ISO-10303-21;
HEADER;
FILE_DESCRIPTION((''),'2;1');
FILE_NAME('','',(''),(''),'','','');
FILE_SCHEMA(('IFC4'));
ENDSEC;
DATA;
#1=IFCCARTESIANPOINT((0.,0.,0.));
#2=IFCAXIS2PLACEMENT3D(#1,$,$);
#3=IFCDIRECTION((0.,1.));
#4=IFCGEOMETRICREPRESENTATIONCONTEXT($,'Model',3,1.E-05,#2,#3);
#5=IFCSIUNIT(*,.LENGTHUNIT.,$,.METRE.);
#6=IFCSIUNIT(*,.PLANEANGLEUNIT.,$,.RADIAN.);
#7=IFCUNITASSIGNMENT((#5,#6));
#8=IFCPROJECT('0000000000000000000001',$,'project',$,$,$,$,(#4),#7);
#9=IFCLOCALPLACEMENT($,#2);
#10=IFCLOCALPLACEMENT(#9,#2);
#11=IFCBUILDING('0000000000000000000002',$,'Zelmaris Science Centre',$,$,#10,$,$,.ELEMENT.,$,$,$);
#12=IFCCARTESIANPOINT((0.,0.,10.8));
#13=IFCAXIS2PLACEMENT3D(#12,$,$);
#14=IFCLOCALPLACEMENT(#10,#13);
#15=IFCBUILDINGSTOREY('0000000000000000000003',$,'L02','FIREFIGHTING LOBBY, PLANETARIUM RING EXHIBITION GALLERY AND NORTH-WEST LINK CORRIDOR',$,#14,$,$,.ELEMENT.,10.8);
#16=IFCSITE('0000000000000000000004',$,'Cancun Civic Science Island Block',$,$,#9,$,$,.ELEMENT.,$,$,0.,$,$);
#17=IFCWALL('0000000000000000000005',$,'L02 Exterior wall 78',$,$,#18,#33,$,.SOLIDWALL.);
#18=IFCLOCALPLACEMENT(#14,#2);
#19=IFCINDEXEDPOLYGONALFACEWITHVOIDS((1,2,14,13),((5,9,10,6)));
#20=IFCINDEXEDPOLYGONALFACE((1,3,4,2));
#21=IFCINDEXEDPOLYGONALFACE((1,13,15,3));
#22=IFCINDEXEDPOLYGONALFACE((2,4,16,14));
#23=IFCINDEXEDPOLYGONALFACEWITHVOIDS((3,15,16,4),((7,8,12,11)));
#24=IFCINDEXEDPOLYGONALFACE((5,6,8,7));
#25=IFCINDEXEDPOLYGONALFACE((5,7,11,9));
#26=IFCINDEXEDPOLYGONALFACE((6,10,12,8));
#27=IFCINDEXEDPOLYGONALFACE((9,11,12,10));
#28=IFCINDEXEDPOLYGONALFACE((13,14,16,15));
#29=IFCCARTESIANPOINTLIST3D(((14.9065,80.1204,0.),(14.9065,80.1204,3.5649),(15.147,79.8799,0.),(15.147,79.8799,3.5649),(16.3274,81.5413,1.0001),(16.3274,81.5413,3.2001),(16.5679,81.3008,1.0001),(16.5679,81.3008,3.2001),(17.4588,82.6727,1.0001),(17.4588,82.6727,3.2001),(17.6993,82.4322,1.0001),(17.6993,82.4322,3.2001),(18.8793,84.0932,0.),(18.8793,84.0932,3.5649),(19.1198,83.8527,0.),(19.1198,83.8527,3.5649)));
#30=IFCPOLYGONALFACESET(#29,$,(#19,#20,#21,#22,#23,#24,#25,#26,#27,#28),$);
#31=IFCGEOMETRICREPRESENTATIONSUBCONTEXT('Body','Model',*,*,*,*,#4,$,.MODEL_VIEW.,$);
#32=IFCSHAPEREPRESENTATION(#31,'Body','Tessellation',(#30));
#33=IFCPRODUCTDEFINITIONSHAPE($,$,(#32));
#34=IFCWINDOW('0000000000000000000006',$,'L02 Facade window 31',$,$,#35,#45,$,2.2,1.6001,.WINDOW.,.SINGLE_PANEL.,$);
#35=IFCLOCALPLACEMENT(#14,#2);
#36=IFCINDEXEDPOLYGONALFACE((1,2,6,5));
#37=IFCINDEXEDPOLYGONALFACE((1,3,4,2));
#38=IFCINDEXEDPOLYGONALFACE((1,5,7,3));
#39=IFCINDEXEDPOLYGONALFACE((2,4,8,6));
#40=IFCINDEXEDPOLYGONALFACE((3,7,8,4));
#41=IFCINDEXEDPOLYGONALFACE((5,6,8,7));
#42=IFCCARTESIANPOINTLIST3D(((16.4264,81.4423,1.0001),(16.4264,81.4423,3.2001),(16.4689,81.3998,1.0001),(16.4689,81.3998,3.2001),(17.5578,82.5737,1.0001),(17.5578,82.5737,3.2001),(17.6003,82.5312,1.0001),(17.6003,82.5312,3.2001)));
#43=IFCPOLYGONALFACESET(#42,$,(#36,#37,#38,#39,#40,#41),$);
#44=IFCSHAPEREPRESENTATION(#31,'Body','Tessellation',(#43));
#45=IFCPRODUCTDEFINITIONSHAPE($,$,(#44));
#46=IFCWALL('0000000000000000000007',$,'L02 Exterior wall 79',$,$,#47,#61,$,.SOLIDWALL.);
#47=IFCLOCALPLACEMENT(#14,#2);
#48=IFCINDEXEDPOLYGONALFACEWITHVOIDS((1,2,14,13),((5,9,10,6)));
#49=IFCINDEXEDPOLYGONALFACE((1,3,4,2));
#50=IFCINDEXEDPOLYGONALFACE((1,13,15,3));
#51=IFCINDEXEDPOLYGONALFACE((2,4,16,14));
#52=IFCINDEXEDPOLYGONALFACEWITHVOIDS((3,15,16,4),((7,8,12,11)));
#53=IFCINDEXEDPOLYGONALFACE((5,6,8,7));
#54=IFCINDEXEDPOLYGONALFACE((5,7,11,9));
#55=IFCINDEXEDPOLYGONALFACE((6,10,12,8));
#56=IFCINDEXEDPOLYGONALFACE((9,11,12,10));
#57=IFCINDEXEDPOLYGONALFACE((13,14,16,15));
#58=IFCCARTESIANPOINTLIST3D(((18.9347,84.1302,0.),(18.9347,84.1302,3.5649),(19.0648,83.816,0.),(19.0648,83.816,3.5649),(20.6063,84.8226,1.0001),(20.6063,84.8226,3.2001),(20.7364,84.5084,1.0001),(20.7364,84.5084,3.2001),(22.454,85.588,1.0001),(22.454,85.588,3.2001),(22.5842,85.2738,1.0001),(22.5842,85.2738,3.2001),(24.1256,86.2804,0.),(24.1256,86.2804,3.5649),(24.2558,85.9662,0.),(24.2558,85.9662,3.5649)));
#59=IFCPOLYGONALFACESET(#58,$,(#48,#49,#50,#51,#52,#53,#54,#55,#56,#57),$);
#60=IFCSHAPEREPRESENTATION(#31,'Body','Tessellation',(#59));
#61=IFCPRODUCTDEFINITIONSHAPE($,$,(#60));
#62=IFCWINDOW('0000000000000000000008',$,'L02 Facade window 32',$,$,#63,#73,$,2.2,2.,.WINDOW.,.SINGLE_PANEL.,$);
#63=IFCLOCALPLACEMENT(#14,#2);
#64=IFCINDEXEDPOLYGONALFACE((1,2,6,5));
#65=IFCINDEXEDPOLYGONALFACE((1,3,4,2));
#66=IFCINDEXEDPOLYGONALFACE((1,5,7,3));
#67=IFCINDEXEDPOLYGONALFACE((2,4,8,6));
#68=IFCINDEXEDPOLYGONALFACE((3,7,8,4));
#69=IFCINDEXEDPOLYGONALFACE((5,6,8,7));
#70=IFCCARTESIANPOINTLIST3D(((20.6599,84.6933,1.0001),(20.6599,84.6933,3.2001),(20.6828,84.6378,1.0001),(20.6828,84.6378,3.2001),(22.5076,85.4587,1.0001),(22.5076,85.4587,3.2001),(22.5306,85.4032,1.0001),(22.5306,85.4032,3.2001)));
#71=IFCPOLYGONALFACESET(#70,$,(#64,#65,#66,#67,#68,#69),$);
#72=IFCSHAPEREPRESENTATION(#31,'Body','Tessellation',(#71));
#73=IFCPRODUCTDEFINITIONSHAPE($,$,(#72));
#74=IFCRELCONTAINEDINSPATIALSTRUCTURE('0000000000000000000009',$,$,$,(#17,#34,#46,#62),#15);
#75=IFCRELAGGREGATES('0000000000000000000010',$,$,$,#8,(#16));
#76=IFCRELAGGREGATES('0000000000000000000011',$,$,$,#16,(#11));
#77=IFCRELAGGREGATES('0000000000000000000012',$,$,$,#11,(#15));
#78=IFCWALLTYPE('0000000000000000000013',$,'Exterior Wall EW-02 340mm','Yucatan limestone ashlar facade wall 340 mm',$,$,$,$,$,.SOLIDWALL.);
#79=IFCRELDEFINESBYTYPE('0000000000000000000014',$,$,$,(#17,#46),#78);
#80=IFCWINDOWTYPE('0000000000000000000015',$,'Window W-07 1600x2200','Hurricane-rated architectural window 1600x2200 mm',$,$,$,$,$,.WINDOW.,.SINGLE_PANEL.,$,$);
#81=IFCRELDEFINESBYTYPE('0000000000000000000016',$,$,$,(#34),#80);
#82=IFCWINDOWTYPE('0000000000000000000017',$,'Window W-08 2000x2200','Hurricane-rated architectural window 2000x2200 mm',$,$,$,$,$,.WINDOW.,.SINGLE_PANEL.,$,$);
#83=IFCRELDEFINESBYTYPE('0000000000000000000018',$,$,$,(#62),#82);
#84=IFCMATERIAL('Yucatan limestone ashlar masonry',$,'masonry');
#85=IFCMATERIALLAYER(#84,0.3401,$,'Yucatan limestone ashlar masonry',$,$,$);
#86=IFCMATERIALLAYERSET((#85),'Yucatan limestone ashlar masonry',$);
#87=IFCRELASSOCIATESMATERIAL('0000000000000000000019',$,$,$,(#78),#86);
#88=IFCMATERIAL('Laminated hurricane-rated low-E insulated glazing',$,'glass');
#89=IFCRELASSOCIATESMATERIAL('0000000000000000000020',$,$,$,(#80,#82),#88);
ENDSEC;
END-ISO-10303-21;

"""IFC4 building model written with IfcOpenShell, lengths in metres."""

from ifc_helpers import new_model, si_unit, direction, frame, frame_2d, origin, place, context, subcontext, project, spatial, rectangle, extrude, material, layer, layer_set, type_object, element, fill, save


model = new_model("IFC4")

# Units and contexts
model_context = context("Model", 3, precision=1e-05, world=origin(), true_north=direction((0.0, 1.0)))
body_context = subcontext(model_context, "Body", "Model", "MODEL_VIEW")
ifc_project = project(units=[si_unit("LENGTHUNIT", "METRE"), si_unit("PLANEANGLEUNIT", "RADIAN")], contexts=[model_context])

# Site, building, storey
site_placement = place(None, origin())
site = spatial("IfcSite", under=ifc_project, at=site_placement, Name="Cancun Civic Science Island Block", CompositionType="ELEMENT", RefElevation=0.0)
building_placement = place(site_placement, origin())
building = spatial("IfcBuilding", under=site, at=building_placement, Name="Zelmaris Science Centre", CompositionType="ELEMENT")
storey_placement = place(building_placement, frame((0.0, 0.0, 10.8)))
storey = spatial("IfcBuildingStorey", under=building, at=storey_placement, Name="L02", Description="FIREFIGHTING LOBBY, PLANETARIUM RING EXHIBITION GALLERY AND NORTH-WEST LINK CORRIDOR", CompositionType="ELEMENT", Elevation=10.8)

# Walls, openings, windows
ifc_material_1 = material(Name="Yucatan limestone ashlar masonry", Category="masonry")
ifc_layer = layer(ifc_material_1, 0.3401, Name="Yucatan limestone ashlar masonry")
ifc_layer_set = layer_set([ifc_layer], Name="Yucatan limestone ashlar masonry")
wall_type = type_object("IfcWallType", Name="Exterior Wall EW-02 340mm", Description="Yucatan limestone ashlar facade wall 340 mm", PredefinedType="SOLIDWALL", material=ifc_layer_set)
ifc_material_2 = material(Name="Laminated hurricane-rated low-E insulated glazing", Category="glass")
wall_1_placement = place(storey_placement, frame((15.0269, 80.0002, 0.0), z_axis=(0.0, 0.0, 1.0), x_axis=(0.707107, 0.707107, 0.0)))
wall_1 = element("IfcWall", 1, at=wall_1_placement, inside=storey, type_object=wall_type, Name="L02 Exterior wall 78", PredefinedType="SOLIDWALL", context=body_context, shape_type="SweptSolid", body=[
    extrude(rectangle(XDim=5.6184, YDim=0.3401, at=frame_2d((2.8091, 0.0))), origin(), (0.0, 0.0, 1.0), 3.5649),
])
opening_1_placement = place(wall_1_placement, frame((2.0093, 0.0, 1.0)))
opening_1 = element("IfcOpeningElement", 2, at=opening_1_placement, cuts=wall_1, PredefinedType="OPENING", context=body_context, shape_type="SweptSolid", body=[
    extrude(rectangle(XDim=1.6001, YDim=2.2, at=frame_2d((0.8, 1.1001))), frame((0.0, 0.1799, 0.0), z_axis=(0.0, -1.0, 0.0), x_axis=(1.0, 0.0, 0.0)), (0.0, 0.0, 1.0), 0.3601),
])
window_type_1 = type_object("IfcWindowType", Name="Window W-07 1600x2200", Description="Hurricane-rated architectural window 1600x2200 mm", PartitioningType="SINGLE_PANEL", PredefinedType="WINDOW", material=ifc_material_2)
window_1_placement = place(opening_1_placement, origin())
window_1 = element("IfcWindow", 3, at=window_1_placement, inside=storey, type_object=window_type_1, Name="L02 Facade window 31", OverallHeight=2.2, OverallWidth=1.6001, PartitioningType="SINGLE_PANEL", PredefinedType="WINDOW", context=body_context, shape_type="SweptSolid", body=[
    extrude(rectangle(XDim=1.6001, YDim=2.2, at=frame_2d((0.8, 1.1001))), frame((0.0, 0.03, 0.0), z_axis=(0.0, -1.0, 0.0), x_axis=(1.0, 0.0, 0.0)), (0.0, 0.0, 1.0), 0.0601),
])
fill(opening_1, window_1)
wall_2_placement = place(storey_placement, frame((18.9998, 83.9731, 0.0), z_axis=(0.0, 0.0, 1.0), x_axis=(0.92388, 0.382683, 0.0)))
wall_2 = element("IfcWall", 4, at=wall_2_placement, inside=storey, type_object=wall_type, Name="L02 Exterior wall 79", PredefinedType="SOLIDWALL", context=body_context, shape_type="SweptSolid", body=[
    extrude(rectangle(XDim=5.6187, YDim=0.3401, at=frame_2d((2.8093, 0.0))), origin(), (0.0, 0.0, 1.0), 3.5649),
])
opening_2_placement = place(wall_2_placement, frame((1.8093, 0.0, 1.0)))
opening_2 = element("IfcOpeningElement", 5, at=opening_2_placement, cuts=wall_2, PredefinedType="OPENING", context=body_context, shape_type="SweptSolid", body=[
    extrude(rectangle(XDim=2.0, YDim=2.2, at=frame_2d((1.0, 1.1001))), frame((0.0, 0.1799, 0.0), z_axis=(0.0, -1.0, 0.0), x_axis=(1.0, 0.0, 0.0)), (0.0, 0.0, 1.0), 0.3601),
])
window_type_2 = type_object("IfcWindowType", Name="Window W-08 2000x2200", Description="Hurricane-rated architectural window 2000x2200 mm", PartitioningType="SINGLE_PANEL", PredefinedType="WINDOW", material=ifc_material_2)
window_2_placement = place(opening_2_placement, origin())
window_2 = element("IfcWindow", 6, at=window_2_placement, inside=storey, type_object=window_type_2, Name="L02 Facade window 32", OverallHeight=2.2, OverallWidth=2.0, PartitioningType="SINGLE_PANEL", PredefinedType="WINDOW", context=body_context, shape_type="SweptSolid", body=[
    extrude(rectangle(XDim=2.0, YDim=2.2, at=frame_2d((1.0, 1.1001))), frame((0.0, 0.03, 0.0), z_axis=(0.0, -1.0, 0.0), x_axis=(1.0, 0.0, 0.0)), (0.0, 0.0, 1.0), 0.0601),
])
fill(opening_2, window_2)

save(model, "model.ifc")
